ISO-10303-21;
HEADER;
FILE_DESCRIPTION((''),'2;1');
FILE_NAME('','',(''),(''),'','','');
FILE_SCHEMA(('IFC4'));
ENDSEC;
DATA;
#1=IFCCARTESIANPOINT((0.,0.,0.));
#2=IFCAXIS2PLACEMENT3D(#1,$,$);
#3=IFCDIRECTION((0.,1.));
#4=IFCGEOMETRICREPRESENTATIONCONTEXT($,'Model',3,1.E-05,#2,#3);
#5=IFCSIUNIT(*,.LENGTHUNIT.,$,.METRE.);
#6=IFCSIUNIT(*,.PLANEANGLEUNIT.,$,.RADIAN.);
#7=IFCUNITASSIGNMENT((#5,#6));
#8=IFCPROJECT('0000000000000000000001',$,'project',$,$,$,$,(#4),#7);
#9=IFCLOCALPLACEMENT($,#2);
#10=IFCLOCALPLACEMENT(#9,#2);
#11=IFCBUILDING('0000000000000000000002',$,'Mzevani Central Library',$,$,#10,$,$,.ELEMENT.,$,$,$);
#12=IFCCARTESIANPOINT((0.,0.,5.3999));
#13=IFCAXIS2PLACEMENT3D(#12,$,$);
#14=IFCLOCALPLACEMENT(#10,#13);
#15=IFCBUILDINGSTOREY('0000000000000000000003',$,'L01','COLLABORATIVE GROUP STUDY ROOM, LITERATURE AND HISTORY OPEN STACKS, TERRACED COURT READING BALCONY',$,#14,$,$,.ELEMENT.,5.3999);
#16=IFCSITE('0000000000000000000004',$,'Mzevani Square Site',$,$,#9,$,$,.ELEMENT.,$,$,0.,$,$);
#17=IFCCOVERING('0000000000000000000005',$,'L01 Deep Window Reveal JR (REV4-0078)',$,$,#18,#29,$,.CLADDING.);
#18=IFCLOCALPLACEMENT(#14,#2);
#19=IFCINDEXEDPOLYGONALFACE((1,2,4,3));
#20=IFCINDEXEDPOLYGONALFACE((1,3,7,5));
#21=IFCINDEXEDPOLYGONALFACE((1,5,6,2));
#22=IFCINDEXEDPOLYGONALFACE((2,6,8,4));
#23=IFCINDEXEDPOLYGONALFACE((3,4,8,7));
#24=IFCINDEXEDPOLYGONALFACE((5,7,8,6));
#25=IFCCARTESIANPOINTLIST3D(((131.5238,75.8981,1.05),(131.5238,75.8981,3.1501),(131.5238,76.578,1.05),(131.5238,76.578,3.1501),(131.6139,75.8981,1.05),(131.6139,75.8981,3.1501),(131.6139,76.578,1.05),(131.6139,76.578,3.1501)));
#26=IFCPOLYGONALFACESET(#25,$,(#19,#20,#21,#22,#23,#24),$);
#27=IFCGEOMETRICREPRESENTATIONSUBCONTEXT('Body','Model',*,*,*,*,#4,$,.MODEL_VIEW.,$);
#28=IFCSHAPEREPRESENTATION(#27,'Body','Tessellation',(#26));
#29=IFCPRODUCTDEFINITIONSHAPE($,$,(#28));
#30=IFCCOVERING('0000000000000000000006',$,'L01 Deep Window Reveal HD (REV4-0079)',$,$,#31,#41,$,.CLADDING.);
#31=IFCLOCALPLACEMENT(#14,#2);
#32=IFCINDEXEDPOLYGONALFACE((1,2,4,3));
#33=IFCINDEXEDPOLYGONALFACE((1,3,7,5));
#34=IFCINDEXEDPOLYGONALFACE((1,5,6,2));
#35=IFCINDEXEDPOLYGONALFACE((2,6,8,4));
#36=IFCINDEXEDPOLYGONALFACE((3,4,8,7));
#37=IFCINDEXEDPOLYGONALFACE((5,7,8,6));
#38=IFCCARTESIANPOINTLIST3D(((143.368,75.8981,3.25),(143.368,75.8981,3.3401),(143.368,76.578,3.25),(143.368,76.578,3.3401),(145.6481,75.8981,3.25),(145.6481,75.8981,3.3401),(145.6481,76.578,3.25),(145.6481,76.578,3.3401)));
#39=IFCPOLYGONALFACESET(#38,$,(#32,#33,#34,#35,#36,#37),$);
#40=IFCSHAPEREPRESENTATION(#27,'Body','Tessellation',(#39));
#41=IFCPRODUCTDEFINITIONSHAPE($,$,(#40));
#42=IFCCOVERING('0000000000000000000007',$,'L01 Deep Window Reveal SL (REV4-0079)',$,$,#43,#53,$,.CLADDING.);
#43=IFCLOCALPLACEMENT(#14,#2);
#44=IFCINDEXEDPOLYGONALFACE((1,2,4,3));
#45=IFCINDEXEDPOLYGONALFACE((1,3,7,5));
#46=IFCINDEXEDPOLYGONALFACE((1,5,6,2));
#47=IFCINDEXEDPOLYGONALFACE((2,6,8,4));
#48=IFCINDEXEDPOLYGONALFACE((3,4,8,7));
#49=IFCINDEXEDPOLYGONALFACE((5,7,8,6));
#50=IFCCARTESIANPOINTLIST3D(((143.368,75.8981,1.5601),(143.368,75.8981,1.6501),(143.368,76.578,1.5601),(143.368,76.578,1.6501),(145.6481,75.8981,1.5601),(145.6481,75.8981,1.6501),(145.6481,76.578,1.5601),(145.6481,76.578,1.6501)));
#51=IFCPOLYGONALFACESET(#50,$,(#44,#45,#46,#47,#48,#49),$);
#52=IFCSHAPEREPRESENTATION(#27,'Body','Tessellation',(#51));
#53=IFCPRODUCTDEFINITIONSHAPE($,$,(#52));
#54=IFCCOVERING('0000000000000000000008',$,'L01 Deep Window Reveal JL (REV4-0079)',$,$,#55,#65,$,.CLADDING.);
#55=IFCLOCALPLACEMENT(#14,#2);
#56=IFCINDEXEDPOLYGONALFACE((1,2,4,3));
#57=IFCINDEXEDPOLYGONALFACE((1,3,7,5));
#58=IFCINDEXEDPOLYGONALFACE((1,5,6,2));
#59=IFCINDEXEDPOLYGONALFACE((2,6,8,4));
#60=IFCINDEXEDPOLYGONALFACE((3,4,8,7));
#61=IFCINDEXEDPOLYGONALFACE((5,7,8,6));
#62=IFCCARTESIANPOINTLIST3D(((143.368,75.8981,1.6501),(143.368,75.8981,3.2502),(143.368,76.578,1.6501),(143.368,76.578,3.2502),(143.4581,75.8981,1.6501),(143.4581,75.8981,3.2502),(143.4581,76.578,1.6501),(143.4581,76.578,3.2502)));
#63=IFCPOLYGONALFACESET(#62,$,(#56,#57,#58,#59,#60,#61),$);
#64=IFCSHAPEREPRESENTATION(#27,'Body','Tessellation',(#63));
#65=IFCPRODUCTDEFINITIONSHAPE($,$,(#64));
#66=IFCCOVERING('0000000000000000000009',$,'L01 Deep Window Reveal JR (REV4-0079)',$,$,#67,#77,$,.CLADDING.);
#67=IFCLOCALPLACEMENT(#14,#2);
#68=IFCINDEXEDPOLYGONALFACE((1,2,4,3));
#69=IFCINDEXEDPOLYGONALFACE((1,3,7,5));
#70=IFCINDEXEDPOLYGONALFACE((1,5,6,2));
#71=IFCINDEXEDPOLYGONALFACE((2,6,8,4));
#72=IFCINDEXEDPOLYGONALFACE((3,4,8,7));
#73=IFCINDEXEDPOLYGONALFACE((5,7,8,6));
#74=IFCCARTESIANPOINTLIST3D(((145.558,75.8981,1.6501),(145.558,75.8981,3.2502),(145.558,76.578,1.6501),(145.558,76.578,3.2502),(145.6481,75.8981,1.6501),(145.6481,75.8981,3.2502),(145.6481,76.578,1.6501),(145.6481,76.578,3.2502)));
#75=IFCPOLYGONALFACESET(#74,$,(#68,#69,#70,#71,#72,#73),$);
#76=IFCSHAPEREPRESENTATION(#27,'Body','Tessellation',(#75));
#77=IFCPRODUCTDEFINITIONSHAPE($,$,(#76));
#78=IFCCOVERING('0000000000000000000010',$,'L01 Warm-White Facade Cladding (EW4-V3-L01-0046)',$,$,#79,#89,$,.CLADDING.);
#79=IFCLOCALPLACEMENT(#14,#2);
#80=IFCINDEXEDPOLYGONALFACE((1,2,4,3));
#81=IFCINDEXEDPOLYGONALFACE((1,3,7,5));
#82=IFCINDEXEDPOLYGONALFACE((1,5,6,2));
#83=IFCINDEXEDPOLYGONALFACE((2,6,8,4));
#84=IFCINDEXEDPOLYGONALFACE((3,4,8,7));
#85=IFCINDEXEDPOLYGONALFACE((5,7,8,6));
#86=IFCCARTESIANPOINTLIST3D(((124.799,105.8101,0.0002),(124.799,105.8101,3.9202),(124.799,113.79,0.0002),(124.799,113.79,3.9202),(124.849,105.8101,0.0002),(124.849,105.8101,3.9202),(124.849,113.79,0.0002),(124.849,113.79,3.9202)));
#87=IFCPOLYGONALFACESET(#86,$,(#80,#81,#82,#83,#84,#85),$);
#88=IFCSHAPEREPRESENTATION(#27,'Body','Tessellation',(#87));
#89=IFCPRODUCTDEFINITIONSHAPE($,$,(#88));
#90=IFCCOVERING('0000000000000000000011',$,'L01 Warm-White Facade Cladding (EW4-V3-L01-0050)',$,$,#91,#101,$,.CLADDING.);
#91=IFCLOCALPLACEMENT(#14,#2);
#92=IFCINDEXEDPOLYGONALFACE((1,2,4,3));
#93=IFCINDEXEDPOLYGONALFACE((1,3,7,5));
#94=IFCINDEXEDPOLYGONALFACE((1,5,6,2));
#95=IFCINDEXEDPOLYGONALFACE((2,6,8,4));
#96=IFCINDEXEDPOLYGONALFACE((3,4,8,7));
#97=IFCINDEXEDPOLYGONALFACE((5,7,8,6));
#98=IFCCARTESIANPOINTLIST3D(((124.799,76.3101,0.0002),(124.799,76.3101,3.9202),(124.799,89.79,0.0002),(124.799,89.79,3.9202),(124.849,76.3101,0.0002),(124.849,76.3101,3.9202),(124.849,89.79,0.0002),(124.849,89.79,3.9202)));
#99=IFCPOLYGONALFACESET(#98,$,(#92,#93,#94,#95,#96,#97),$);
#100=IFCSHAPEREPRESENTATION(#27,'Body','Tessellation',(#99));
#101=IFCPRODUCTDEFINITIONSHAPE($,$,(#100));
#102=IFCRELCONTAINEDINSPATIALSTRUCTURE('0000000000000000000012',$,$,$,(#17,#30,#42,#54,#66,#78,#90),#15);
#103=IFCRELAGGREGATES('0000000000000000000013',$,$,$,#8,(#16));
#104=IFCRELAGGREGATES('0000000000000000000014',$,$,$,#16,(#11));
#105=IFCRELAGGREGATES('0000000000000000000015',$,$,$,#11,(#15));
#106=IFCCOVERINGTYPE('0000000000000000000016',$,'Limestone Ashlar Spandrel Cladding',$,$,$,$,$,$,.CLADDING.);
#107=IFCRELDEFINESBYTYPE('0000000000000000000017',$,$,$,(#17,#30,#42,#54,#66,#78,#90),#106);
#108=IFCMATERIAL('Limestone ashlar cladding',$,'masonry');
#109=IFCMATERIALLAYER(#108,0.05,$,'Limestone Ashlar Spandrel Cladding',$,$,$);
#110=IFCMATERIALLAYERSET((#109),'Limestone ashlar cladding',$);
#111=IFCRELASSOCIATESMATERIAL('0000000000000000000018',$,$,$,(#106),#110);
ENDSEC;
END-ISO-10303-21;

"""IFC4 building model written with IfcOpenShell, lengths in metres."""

from ifc_helpers import new_model, si_unit, direction, frame, origin, origin_2d, place, context, subcontext, project, spatial, rectangle, extrude, material, layer, layer_set, type_object, element, save


model = new_model("IFC4")

# Units and contexts
model_context = context("Model", 3, precision=1e-05, world=origin(), true_north=direction((0.0, 1.0)))
body_context = subcontext(model_context, "Body", "Model", "MODEL_VIEW")
ifc_project = project(units=[si_unit("LENGTHUNIT", "METRE"), si_unit("PLANEANGLEUNIT", "RADIAN")], contexts=[model_context])

# Site, building, storey
site_placement = place(None, origin())
site = spatial("IfcSite", under=ifc_project, at=site_placement, Name="Mzevani Square Site", CompositionType="ELEMENT", RefElevation=0.0)
building_placement = place(site_placement, origin())
building = spatial("IfcBuilding", under=site, at=building_placement, Name="Mzevani Central Library", CompositionType="ELEMENT")
storey_placement = place(building_placement, frame((0.0, 0.0, 5.3999)))
storey = spatial("IfcBuildingStorey", under=building, at=storey_placement, Name="L01", Description="COLLABORATIVE GROUP STUDY ROOM, LITERATURE AND HISTORY OPEN STACKS, TERRACED COURT READING BALCONY", CompositionType="ELEMENT", Elevation=5.3999)

# Coverings
ifc_material_1 = material(Name="Limestone ashlar cladding", Category="masonry")
ifc_layer_1 = layer(ifc_material_1, 0.05, Name="Limestone Ashlar Spandrel Cladding")
ifc_layer_set_1 = layer_set([ifc_layer_1], Name="Limestone ashlar cladding")
covering_type = type_object("IfcCoveringType", Name="Limestone Ashlar Spandrel Cladding", PredefinedType="CLADDING", material=ifc_layer_set_1)
for number, where, z_axis, x_axis, name in (
    (1, (131.5688, 76.238, 1.05), (0.0, 0.0, 1.0), (1.0, 0.0, 0.0), "L01 Deep Window Reveal JR (REV4-0078)"),
):
    element("IfcCovering", number, at=place(storey_placement, frame(where, z_axis=z_axis, x_axis=x_axis)), inside=storey, type_object=covering_type, Name=name, PredefinedType="CLADDING", context=body_context, shape_type="SweptSolid", body=[
        extrude(rectangle(XDim=0.0901, YDim=0.6799, at=origin_2d()), origin(), (0.0, 0.0, 1.0), 2.1001),
    ])
for number, where, z_axis, x_axis, name in (
    (2, (144.5081, 76.238, 3.25), (0.0, 0.0, 1.0), (1.0, 0.0, 0.0), "L01 Deep Window Reveal HD (REV4-0079)"),
    (3, (144.5081, 76.238, 1.5601), (0.0, 0.0, 1.0), (1.0, 0.0, 0.0), "L01 Deep Window Reveal SL (REV4-0079)"),
):
    element("IfcCovering", number, at=place(storey_placement, frame(where, z_axis=z_axis, x_axis=x_axis)), inside=storey, type_object=covering_type, Name=name, PredefinedType="CLADDING", context=body_context, shape_type="SweptSolid", body=[
        extrude(rectangle(XDim=2.28, YDim=0.6799, at=origin_2d()), origin(), (0.0, 0.0, 1.0), 0.0901),
    ])
for number, where, z_axis, x_axis, name in (
    (4, (143.4131, 76.238, 1.6501), (0.0, 0.0, 1.0), (1.0, 0.0, 0.0), "L01 Deep Window Reveal JL (REV4-0079)"),
    (5, (145.603, 76.238, 1.6501), (0.0, 0.0, 1.0), (1.0, 0.0, 0.0), "L01 Deep Window Reveal JR (REV4-0079)"),
):
    element("IfcCovering", number, at=place(storey_placement, frame(where, z_axis=z_axis, x_axis=x_axis)), inside=storey, type_object=covering_type, Name=name, PredefinedType="CLADDING", context=body_context, shape_type="SweptSolid", body=[
        extrude(rectangle(XDim=0.0901, YDim=0.6799, at=origin_2d()), origin(), (0.0, 0.0, 1.0), 1.6001),
    ])
covering_1_placement = place(storey_placement, frame((124.824, 109.8, 0.0002), z_axis=(0.0, 0.0, 1.0), x_axis=(0.0, -1.0, 0.0)))
element("IfcCovering", 6, at=covering_1_placement, inside=storey, type_object=covering_type, Name="L01 Warm-White Facade Cladding (EW4-V3-L01-0046)", PredefinedType="CLADDING", context=body_context, shape_type="SweptSolid", body=[
    extrude(rectangle(XDim=7.98, YDim=0.05, at=origin_2d()), origin(), (0.0, 0.0, 1.0), 3.9199),
])
covering_2_placement = place(storey_placement, frame((124.824, 83.05, 0.0002), z_axis=(0.0, 0.0, 1.0), x_axis=(0.0, -1.0, 0.0)))
element("IfcCovering", 7, at=covering_2_placement, inside=storey, type_object=covering_type, Name="L01 Warm-White Facade Cladding (EW4-V3-L01-0050)", PredefinedType="CLADDING", context=body_context, shape_type="SweptSolid", body=[
    extrude(rectangle(XDim=13.48, YDim=0.05, at=origin_2d()), origin(), (0.0, 0.0, 1.0), 3.9199),
])

save(model, "model.ifc")
